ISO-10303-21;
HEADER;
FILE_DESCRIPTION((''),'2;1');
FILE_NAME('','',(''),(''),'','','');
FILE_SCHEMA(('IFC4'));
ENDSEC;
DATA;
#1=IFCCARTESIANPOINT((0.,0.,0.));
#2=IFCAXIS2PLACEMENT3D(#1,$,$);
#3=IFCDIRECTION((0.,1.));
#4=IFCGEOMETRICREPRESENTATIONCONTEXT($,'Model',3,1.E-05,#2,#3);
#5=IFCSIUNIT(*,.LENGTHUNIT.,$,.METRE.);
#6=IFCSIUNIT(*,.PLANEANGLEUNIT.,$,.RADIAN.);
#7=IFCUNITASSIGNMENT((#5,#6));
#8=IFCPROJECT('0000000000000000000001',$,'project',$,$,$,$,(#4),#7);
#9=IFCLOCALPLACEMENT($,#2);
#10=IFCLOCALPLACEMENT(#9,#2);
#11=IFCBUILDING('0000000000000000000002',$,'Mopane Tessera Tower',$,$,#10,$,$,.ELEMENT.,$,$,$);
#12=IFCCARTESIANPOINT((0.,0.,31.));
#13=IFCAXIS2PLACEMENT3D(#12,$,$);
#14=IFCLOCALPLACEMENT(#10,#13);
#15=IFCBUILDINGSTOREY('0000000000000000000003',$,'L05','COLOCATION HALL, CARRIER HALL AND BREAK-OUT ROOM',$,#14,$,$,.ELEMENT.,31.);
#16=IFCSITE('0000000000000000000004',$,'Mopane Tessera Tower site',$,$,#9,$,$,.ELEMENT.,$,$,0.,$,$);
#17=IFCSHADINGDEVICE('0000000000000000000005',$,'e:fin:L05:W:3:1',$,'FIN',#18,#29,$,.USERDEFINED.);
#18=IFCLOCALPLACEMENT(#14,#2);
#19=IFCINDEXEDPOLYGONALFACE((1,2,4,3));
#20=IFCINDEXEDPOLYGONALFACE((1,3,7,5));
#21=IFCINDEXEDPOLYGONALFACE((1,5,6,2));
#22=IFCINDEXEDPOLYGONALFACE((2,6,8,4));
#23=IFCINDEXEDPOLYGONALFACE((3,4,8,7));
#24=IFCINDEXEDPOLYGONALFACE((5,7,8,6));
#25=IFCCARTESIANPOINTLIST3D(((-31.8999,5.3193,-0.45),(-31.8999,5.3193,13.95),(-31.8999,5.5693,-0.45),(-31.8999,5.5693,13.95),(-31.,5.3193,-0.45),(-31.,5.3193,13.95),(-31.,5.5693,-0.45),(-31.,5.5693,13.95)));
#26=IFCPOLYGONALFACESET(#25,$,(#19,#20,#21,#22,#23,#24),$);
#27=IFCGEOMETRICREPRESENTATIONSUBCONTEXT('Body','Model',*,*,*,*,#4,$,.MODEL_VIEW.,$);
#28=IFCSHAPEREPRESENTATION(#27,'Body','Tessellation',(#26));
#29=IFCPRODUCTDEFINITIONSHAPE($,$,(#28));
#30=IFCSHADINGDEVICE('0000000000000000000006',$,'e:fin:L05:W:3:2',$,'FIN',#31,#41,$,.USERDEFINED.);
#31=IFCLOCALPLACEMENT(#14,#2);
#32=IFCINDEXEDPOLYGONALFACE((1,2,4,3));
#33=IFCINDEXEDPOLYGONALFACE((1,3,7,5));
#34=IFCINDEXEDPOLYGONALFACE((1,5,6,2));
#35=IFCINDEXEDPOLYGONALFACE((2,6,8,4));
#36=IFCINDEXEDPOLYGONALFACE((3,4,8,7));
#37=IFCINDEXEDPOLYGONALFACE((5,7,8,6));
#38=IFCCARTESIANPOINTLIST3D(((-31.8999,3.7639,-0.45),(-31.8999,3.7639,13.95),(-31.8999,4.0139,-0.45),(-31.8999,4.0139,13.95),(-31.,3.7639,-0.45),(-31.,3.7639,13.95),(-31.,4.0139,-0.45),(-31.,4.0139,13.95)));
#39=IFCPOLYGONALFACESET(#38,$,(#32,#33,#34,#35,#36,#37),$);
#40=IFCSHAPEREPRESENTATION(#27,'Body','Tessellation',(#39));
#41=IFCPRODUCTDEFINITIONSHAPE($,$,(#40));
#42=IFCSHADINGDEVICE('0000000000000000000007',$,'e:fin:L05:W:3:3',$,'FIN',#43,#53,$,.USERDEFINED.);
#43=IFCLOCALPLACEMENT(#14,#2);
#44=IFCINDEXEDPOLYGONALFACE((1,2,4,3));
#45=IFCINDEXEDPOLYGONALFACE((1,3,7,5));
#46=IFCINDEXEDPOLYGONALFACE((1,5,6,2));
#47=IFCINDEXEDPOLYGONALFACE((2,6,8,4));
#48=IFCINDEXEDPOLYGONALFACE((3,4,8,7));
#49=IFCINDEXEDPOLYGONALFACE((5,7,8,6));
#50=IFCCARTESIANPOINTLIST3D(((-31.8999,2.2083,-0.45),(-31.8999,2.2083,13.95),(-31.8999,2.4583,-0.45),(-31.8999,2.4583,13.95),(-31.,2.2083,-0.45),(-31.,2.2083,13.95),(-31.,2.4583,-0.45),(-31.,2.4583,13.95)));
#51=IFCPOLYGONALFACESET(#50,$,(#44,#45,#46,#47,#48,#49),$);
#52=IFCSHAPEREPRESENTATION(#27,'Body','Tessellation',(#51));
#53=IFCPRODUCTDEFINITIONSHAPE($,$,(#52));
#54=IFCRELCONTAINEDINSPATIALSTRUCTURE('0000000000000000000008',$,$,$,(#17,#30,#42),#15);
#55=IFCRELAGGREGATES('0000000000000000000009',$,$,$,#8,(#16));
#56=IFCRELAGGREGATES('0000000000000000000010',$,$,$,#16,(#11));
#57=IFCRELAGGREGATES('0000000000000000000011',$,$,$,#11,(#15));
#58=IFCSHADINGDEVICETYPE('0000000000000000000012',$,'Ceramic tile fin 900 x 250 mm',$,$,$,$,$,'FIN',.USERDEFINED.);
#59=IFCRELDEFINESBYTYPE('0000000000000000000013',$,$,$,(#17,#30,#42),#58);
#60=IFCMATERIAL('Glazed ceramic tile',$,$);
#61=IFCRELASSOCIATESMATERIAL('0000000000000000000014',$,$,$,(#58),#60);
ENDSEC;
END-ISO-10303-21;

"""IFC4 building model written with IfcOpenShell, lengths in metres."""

from ifc_helpers import new_model, si_unit, direction, frame, origin, origin_2d, place, context, subcontext, project, spatial, rectangle, extrude, material, type_object, element, save


model = new_model("IFC4")

# Units and contexts
model_context = context("Model", 3, precision=1e-05, world=origin(), true_north=direction((0.0, 1.0)))
body_context = subcontext(model_context, "Body", "Model", "MODEL_VIEW")
ifc_project = project(units=[si_unit("LENGTHUNIT", "METRE"), si_unit("PLANEANGLEUNIT", "RADIAN")], contexts=[model_context])

# Site, building, storey
site_placement = place(None, origin())
site = spatial("IfcSite", under=ifc_project, at=site_placement, Name="Mopane Tessera Tower site", CompositionType="ELEMENT", RefElevation=0.0)
building_placement = place(site_placement, origin())
building = spatial("IfcBuilding", under=site, at=building_placement, Name="Mopane Tessera Tower", CompositionType="ELEMENT")
storey_placement = place(building_placement, frame((0.0, 0.0, 31.0)))
storey = spatial("IfcBuildingStorey", under=building, at=storey_placement, Name="L05", Description="COLOCATION HALL, CARRIER HALL AND BREAK-OUT ROOM", CompositionType="ELEMENT", Elevation=31.0)

# Shading devices
ifc_material_1 = material(Name="Glazed ceramic tile")
shading_device_type = type_object("IfcShadingDeviceType", Name="Ceramic tile fin 900 x 250 mm", ElementType="FIN", PredefinedType="USERDEFINED", material=ifc_material_1)
for number, where, z_axis, x_axis, name in (
    (1, (-31.45, 5.4443, -0.45), (0.0, 0.0, 1.0), (0.0, -1.0, 0.0), "e:fin:L05:W:3:1"),
    (2, (-31.45, 3.8889, -0.45), (0.0, 0.0, 1.0), (0.0, -1.0, 0.0), "e:fin:L05:W:3:2"),
    (3, (-31.45, 2.3333, -0.45), (0.0, 0.0, 1.0), (0.0, -1.0, 0.0), "e:fin:L05:W:3:3"),
):
    element("IfcShadingDevice", number, at=place(storey_placement, frame(where, z_axis=z_axis, x_axis=x_axis)), inside=storey, type_object=shading_device_type, Name=name, ObjectType="FIN", PredefinedType="USERDEFINED", context=body_context, shape_type="SweptSolid", body=[
        extrude(rectangle(XDim=0.25, YDim=0.8999, at=origin_2d()), origin(), (0.0, 0.0, 1.0), 14.3999),
    ])

save(model, "model.ifc")
